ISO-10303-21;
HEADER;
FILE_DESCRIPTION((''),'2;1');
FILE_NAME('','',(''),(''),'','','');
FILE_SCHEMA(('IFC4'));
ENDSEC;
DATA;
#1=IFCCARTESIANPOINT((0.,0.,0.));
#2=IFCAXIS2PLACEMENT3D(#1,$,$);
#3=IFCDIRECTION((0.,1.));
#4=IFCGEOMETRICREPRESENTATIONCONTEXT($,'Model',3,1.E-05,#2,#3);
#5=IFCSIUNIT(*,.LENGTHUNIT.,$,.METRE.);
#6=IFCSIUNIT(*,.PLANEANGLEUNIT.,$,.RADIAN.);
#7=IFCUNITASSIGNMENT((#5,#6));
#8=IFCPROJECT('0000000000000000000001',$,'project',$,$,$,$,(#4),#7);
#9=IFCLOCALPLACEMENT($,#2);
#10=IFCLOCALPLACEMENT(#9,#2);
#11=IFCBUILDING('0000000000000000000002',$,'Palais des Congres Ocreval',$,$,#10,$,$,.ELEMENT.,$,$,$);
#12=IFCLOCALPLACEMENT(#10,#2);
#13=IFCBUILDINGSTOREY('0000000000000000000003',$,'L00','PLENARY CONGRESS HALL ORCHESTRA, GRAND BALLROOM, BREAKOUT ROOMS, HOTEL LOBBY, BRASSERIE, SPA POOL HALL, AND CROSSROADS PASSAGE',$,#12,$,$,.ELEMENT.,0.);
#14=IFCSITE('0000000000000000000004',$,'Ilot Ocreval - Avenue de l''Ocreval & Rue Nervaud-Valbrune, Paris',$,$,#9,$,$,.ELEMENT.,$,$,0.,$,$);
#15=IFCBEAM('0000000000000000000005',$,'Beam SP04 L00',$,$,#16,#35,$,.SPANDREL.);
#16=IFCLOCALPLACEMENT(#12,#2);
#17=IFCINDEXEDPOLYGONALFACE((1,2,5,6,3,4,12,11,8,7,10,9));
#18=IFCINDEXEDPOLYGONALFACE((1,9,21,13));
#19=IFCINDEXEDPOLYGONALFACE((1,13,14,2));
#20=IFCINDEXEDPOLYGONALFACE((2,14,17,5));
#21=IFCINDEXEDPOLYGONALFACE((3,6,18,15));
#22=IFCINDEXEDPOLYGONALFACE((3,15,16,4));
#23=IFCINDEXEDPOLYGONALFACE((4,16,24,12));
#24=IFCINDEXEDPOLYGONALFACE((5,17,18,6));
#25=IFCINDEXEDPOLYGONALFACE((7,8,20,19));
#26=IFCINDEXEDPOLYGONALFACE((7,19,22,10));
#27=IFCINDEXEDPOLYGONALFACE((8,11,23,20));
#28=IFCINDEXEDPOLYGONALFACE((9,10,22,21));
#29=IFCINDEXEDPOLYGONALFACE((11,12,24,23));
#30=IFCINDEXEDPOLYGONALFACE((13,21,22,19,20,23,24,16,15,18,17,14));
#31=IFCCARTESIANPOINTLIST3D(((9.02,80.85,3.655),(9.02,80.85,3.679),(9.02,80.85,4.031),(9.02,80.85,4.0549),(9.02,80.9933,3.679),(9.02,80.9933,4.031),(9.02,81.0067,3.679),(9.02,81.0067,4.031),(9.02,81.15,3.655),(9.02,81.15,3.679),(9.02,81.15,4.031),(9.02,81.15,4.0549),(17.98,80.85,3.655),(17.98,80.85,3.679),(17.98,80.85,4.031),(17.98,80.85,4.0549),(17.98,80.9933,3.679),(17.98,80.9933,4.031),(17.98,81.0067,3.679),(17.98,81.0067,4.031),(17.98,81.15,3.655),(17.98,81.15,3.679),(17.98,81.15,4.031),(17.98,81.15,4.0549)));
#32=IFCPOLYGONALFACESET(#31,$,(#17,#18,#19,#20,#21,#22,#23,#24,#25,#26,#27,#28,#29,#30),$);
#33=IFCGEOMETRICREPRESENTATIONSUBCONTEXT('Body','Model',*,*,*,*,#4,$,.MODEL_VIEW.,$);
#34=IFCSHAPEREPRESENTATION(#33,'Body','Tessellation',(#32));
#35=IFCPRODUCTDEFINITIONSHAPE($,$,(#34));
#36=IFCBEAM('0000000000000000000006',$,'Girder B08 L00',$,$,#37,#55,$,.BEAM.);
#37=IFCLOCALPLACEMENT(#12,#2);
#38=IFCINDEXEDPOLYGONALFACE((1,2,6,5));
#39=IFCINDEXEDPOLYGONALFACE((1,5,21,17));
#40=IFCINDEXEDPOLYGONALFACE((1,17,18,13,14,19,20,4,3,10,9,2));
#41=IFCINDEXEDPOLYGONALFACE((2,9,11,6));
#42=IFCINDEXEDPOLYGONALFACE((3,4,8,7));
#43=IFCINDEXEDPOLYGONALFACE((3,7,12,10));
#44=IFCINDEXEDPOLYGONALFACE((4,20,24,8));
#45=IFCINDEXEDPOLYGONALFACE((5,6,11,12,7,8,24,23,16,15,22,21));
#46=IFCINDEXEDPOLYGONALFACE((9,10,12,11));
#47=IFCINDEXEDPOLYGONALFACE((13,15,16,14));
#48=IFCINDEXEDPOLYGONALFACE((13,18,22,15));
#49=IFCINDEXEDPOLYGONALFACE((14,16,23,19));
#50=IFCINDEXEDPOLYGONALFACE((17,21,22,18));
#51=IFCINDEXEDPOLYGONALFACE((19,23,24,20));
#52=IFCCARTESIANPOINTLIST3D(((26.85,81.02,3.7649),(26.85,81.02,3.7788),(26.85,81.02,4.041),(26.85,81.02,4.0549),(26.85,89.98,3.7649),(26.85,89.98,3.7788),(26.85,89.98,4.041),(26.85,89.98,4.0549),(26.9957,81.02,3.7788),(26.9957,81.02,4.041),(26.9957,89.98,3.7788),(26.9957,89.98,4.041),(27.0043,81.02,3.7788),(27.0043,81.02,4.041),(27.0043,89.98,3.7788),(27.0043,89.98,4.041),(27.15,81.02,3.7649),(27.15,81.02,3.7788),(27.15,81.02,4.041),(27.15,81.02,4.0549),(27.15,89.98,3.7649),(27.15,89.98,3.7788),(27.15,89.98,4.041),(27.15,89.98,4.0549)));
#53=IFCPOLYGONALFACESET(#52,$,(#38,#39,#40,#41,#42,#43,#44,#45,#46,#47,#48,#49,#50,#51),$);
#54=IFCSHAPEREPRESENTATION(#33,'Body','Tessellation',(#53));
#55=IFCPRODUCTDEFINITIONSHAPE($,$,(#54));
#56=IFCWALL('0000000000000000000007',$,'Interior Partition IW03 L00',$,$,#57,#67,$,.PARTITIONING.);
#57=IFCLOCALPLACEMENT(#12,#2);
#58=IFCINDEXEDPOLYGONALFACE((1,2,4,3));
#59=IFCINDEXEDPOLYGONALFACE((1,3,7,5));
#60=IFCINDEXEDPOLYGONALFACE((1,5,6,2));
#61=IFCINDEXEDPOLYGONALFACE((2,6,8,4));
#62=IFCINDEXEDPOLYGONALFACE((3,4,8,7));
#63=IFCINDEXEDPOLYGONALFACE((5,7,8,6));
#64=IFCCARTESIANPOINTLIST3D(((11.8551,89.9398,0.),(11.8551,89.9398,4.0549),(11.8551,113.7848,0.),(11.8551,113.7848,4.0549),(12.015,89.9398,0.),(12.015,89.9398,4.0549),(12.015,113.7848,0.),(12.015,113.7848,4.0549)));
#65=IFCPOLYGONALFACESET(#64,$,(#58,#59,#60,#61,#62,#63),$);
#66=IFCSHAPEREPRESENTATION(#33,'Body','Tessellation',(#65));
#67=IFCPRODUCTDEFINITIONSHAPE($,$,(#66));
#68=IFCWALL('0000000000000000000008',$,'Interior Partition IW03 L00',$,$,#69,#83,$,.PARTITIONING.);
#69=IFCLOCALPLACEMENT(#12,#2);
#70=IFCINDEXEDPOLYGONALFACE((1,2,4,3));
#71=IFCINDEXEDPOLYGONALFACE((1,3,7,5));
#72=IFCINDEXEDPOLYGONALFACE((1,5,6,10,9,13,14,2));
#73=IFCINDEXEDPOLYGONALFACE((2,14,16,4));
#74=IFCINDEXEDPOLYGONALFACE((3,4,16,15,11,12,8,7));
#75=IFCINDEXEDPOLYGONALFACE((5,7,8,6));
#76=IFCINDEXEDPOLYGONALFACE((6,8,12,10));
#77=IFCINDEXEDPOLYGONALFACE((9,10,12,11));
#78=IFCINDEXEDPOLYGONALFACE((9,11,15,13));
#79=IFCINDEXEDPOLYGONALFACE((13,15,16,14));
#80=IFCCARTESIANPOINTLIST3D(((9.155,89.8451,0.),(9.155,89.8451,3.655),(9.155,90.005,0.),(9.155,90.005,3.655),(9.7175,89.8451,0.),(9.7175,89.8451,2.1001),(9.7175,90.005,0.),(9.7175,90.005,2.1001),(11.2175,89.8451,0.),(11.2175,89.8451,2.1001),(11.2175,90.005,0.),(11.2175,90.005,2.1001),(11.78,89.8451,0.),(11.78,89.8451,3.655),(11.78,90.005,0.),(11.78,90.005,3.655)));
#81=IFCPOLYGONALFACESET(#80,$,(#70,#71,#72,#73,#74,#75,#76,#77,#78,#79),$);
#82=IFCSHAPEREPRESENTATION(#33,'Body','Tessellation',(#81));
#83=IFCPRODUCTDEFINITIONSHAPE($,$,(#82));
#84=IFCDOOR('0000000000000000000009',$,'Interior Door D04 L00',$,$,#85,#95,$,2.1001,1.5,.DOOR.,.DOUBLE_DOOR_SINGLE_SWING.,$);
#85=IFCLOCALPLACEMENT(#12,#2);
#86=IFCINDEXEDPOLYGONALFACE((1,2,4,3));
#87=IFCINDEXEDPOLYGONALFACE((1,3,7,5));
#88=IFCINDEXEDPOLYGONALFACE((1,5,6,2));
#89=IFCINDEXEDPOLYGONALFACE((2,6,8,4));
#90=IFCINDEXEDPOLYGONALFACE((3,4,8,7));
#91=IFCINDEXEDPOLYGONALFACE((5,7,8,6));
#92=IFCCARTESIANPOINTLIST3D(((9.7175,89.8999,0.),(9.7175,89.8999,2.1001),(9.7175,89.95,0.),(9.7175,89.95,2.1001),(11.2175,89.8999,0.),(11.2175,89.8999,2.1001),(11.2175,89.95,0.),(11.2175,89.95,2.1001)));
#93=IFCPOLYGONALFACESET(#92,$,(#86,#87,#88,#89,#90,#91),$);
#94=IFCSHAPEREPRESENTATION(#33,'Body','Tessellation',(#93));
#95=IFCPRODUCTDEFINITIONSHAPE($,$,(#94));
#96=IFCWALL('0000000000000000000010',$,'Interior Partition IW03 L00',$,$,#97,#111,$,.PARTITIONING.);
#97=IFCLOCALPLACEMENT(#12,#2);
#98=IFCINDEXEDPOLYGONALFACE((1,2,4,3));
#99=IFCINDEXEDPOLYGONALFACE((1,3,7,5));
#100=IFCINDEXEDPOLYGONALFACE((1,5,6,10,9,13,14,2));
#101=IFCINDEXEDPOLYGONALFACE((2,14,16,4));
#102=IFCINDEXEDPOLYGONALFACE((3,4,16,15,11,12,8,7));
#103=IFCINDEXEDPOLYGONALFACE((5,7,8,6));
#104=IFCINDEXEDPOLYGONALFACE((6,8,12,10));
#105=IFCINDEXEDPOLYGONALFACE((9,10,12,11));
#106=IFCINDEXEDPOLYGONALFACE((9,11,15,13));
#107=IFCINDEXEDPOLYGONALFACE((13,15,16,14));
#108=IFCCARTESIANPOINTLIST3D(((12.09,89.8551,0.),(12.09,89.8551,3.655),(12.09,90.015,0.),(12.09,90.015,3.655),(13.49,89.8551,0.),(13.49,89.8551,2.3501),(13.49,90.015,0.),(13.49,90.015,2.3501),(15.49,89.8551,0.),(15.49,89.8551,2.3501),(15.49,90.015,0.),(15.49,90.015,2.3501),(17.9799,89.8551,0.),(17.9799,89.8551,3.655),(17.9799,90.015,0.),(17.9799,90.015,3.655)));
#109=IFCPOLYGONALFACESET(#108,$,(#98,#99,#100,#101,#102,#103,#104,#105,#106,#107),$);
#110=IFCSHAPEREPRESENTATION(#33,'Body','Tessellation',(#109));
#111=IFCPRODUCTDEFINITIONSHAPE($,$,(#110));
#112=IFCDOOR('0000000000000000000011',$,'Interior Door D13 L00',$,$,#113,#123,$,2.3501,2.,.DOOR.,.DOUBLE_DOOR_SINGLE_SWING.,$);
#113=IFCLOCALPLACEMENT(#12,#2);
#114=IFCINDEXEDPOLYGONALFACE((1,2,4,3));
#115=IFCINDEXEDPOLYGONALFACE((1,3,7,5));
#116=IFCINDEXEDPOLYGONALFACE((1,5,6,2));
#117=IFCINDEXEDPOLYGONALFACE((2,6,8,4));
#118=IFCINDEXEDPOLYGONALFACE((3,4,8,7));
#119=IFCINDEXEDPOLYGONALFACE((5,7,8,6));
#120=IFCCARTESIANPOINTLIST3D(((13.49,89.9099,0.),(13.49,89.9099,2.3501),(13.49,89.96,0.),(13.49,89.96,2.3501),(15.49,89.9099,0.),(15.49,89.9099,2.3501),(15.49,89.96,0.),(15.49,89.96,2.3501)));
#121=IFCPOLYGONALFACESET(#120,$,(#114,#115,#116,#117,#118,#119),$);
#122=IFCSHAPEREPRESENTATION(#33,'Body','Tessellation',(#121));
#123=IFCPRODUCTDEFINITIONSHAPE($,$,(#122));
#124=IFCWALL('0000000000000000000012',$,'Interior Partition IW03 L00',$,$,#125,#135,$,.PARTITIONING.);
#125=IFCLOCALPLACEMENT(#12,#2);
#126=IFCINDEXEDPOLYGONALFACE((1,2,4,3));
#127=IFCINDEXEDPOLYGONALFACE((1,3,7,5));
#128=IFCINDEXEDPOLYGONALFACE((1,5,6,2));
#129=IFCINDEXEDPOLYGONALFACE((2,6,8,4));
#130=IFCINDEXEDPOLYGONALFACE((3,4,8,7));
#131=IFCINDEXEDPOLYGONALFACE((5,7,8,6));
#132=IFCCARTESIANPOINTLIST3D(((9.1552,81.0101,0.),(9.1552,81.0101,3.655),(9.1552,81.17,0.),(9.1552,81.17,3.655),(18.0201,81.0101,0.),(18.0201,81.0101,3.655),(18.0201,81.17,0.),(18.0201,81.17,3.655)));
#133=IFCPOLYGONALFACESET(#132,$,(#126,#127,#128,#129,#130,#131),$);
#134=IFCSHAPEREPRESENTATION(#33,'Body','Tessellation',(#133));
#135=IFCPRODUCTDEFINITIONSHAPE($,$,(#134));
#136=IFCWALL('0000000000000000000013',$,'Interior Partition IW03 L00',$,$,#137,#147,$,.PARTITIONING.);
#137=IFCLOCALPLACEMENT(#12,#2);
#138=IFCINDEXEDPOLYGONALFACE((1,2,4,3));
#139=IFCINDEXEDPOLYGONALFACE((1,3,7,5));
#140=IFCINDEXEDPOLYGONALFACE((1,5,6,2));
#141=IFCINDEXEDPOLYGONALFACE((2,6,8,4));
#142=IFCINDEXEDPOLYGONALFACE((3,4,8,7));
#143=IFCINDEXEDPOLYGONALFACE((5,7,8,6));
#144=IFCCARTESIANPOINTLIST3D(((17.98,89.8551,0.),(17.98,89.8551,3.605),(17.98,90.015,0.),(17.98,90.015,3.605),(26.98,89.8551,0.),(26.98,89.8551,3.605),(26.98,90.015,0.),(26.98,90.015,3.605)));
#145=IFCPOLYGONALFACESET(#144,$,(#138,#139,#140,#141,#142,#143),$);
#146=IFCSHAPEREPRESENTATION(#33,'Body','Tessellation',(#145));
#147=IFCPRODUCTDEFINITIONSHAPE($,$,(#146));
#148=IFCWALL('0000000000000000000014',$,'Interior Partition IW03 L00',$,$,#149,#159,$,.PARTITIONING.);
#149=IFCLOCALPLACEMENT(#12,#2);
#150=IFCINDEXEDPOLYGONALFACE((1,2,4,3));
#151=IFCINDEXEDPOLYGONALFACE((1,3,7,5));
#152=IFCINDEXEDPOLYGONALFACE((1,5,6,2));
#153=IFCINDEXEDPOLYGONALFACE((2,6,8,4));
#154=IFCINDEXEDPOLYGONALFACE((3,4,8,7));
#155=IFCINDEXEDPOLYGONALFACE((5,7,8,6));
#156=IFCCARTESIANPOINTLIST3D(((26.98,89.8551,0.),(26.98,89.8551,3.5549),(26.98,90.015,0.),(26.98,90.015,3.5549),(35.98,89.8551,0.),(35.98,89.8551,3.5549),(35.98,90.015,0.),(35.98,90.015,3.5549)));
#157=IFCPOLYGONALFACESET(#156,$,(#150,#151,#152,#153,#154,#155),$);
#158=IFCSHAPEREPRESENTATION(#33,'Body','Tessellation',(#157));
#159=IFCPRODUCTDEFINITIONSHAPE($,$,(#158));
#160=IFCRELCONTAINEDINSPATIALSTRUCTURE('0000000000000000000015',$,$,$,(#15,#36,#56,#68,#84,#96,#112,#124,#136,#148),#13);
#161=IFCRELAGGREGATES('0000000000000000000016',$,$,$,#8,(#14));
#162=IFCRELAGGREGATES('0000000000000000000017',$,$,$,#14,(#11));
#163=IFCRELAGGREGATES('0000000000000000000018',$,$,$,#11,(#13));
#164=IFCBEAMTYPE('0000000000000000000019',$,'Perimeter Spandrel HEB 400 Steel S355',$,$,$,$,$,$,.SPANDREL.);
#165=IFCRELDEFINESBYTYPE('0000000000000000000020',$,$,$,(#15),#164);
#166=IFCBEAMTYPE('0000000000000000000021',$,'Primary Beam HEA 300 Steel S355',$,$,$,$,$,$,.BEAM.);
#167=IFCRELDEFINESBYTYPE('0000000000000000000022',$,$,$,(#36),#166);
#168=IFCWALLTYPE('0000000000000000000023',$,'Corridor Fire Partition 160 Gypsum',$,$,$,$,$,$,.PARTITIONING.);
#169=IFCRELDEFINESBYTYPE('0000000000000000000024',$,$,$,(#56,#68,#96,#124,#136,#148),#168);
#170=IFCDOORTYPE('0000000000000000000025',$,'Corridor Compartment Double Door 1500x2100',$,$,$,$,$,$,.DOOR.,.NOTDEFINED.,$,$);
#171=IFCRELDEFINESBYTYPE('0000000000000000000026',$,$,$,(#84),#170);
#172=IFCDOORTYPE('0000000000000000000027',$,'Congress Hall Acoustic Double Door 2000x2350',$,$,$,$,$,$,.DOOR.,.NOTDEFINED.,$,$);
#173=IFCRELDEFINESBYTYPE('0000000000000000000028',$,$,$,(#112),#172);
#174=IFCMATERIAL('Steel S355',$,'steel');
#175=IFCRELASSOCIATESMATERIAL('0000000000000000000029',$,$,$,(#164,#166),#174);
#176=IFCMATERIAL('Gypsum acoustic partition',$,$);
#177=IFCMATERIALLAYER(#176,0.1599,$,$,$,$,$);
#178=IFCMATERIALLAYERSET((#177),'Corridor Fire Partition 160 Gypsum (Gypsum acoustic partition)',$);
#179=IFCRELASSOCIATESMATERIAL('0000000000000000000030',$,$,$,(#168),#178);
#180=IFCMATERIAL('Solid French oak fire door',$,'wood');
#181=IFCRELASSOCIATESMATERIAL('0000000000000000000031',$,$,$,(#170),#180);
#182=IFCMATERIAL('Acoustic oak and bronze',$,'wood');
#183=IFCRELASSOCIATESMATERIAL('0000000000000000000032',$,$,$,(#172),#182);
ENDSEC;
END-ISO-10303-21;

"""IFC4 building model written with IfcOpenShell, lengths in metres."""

from ifc_helpers import new_model, si_unit, direction, frame, frame_2d, origin, origin_2d, place, context, subcontext, project, spatial, rectangle, i_section, extrude, material, layer, layer_set, material_profile, profile_set, type_object, element, fill, save


model = new_model("IFC4")

# Units and contexts
model_context = context("Model", 3, precision=1e-05, world=origin(), true_north=direction((0.0, 1.0)))
body_context = subcontext(model_context, "Body", "Model", "MODEL_VIEW")
ifc_project = project(units=[si_unit("LENGTHUNIT", "METRE"), si_unit("PLANEANGLEUNIT", "RADIAN")], contexts=[model_context])

# Site, building, storey
site_placement = place(None, origin())
site = spatial("IfcSite", under=ifc_project, at=site_placement, Name="Ilot Ocreval - Avenue de l'Ocreval & Rue Nervaud-Valbrune, Paris", CompositionType="ELEMENT", RefElevation=0.0)
building_placement = place(site_placement, origin())
building = spatial("IfcBuilding", under=site, at=building_placement, Name="Palais des Congres Ocreval", CompositionType="ELEMENT")
storey_placement = place(building_placement, origin())
storey = spatial("IfcBuildingStorey", under=building, at=storey_placement, Name="L00", Description="PLENARY CONGRESS HALL ORCHESTRA, GRAND BALLROOM, BREAKOUT ROOMS, HOTEL LOBBY, BRASSERIE, SPA POOL HALL, AND CROSSROADS PASSAGE", CompositionType="ELEMENT", Elevation=0.0)

# Shared definitions
ifc_material_1 = material(Name="Steel S355", Category="steel")

# Beams
ifc_material_profile_1 = material_profile(ifc_material_1, i_section(OverallWidth=0.3, OverallDepth=0.3999, WebThickness=0.0134, FlangeThickness=0.0239, at=origin_2d()), Name="HEB 400")
ifc_profile_set_1 = profile_set([ifc_material_profile_1], Name="Steel S355")
beam_type_1 = type_object("IfcBeamType", Name="Perimeter Spandrel HEB 400 Steel S355", PredefinedType="SPANDREL", material=ifc_profile_set_1)
beam_1_placement = place(storey_placement, frame((9.02, 81.0, 3.855), z_axis=(1.0, 0.0, 0.0), x_axis=(0.0, 1.0, 0.0)))
element("IfcBeam", 1, at=beam_1_placement, inside=storey, type_object=beam_type_1, Name="Beam SP04 L00", PredefinedType="SPANDREL", context=body_context, shape_type="SweptSolid", body=[
    extrude(i_section(OverallWidth=0.3, OverallDepth=0.3999, WebThickness=0.0134, FlangeThickness=0.0239, at=origin_2d()), origin(), (0.0, 0.0, 1.0), 8.96),
])
ifc_material_profile_2 = material_profile(ifc_material_1, i_section(OverallWidth=0.3, OverallDepth=0.29, WebThickness=0.0085, FlangeThickness=0.0139, at=origin_2d()), Name="HEA 300")
ifc_profile_set_2 = profile_set([ifc_material_profile_2], Name="Steel S355")
beam_type_2 = type_object("IfcBeamType", Name="Primary Beam HEA 300 Steel S355", PredefinedType="BEAM", material=ifc_profile_set_2)
beam_2_placement = place(storey_placement, frame((27.0, 81.02, 3.9099), z_axis=(0.0, 1.0, 0.0), x_axis=(-1.0, 0.0, 0.0)))
element("IfcBeam", 2, at=beam_2_placement, inside=storey, type_object=beam_type_2, Name="Girder B08 L00", PredefinedType="BEAM", context=body_context, shape_type="SweptSolid", body=[
    extrude(i_section(OverallWidth=0.3, OverallDepth=0.29, WebThickness=0.0085, FlangeThickness=0.0139, at=origin_2d()), origin(), (0.0, 0.0, 1.0), 8.96),
])

# Wall
ifc_material_2 = material(Name="Gypsum acoustic partition")
ifc_layer = layer(ifc_material_2, 0.1599)
ifc_layer_set = layer_set([ifc_layer], Name="Corridor Fire Partition 160 Gypsum (Gypsum acoustic partition)")
wall_type = type_object("IfcWallType", Name="Corridor Fire Partition 160 Gypsum", PredefinedType="PARTITIONING", material=ifc_layer_set)
wall_1_placement = place(storey_placement, frame((11.9351, 89.9399, 0.0), z_axis=(0.0, 0.0, 1.0), x_axis=(0.0, 1.0, 0.0)))
element("IfcWall", 3, at=wall_1_placement, inside=storey, type_object=wall_type, Name="Interior Partition IW03 L00", PredefinedType="PARTITIONING", context=body_context, shape_type="SweptSolid", body=[
    extrude(rectangle(XDim=23.845, YDim=0.1599, at=frame_2d((11.9224, 0.0))), origin(), (0.0, 0.0, 1.0), 4.0549),
])

# Walls, openings, doors
wall_2_placement = place(storey_placement, frame((9.155, 89.925, 0.0), z_axis=(0.0, 0.0, 1.0), x_axis=(1.0, 0.0, 0.0)))
wall_2 = element("IfcWall", 4, at=wall_2_placement, inside=storey, type_object=wall_type, Name="Interior Partition IW03 L00", PredefinedType="PARTITIONING", context=body_context, shape_type="SweptSolid", body=[
    extrude(rectangle(XDim=2.625, YDim=0.1599, at=frame_2d((1.3125, 0.0))), origin(), (0.0, 0.0, 1.0), 3.655),
])
opening_1_placement = place(wall_2_placement, frame((0.5625, 0.0, 0.0)))
opening_1 = element("IfcOpeningElement", 5, at=opening_1_placement, cuts=wall_2, PredefinedType="OPENING", context=body_context, shape_type="SweptSolid", body=[
    extrude(rectangle(XDim=1.5, YDim=2.1001, at=frame_2d((0.75, 1.05))), frame((0.0, 0.0898, 0.0), z_axis=(0.0, -1.0, 0.0), x_axis=(1.0, 0.0, 0.0)), (0.0, 0.0, 1.0), 0.1799),
])
ifc_material_3 = material(Name="Solid French oak fire door", Category="wood")
door_type_1 = type_object("IfcDoorType", Name="Corridor Compartment Double Door 1500x2100", OperationType="NOTDEFINED", PredefinedType="DOOR", material=ifc_material_3)
door_1_placement = place(opening_1_placement, origin())
door_1 = element("IfcDoor", 6, at=door_1_placement, inside=storey, type_object=door_type_1, Name="Interior Door D04 L00", OperationType="DOUBLE_DOOR_SINGLE_SWING", OverallHeight=2.1001, OverallWidth=1.5, PredefinedType="DOOR", context=body_context, shape_type="SweptSolid", body=[
    extrude(rectangle(XDim=1.5, YDim=2.1001, at=frame_2d((0.75, 1.05))), frame((0.0, 0.0249, 0.0), z_axis=(0.0, -1.0, 0.0), x_axis=(1.0, 0.0, 0.0)), (0.0, 0.0, 1.0), 0.05),
])
fill(opening_1, door_1)
wall_3_placement = place(storey_placement, frame((12.0901, 89.9351, 0.0), z_axis=(0.0, 0.0, 1.0), x_axis=(1.0, 0.0, 0.0)))
wall_3 = element("IfcWall", 7, at=wall_3_placement, inside=storey, type_object=wall_type, Name="Interior Partition IW03 L00", PredefinedType="PARTITIONING", context=body_context, shape_type="SweptSolid", body=[
    extrude(rectangle(XDim=5.8899, YDim=0.1599, at=frame_2d((2.9448, 0.0))), origin(), (0.0, 0.0, 1.0), 3.655),
])
opening_2_placement = place(wall_3_placement, frame((1.3999, 0.0, 0.0)))
opening_2 = element("IfcOpeningElement", 8, at=opening_2_placement, cuts=wall_3, PredefinedType="OPENING", context=body_context, shape_type="SweptSolid", body=[
    extrude(rectangle(XDim=2.0, YDim=2.3501, at=frame_2d((1.0, 1.175))), frame((0.0, 0.0898, 0.0), z_axis=(0.0, -1.0, 0.0), x_axis=(1.0, 0.0, 0.0)), (0.0, 0.0, 1.0), 0.1799),
])
ifc_material_4 = material(Name="Acoustic oak and bronze", Category="wood")
door_type_2 = type_object("IfcDoorType", Name="Congress Hall Acoustic Double Door 2000x2350", OperationType="NOTDEFINED", PredefinedType="DOOR", material=ifc_material_4)
door_2_placement = place(opening_2_placement, origin())
door_2 = element("IfcDoor", 9, at=door_2_placement, inside=storey, type_object=door_type_2, Name="Interior Door D13 L00", OperationType="DOUBLE_DOOR_SINGLE_SWING", OverallHeight=2.3501, OverallWidth=2.0, PredefinedType="DOOR", context=body_context, shape_type="SweptSolid", body=[
    extrude(rectangle(XDim=2.0, YDim=2.3501, at=frame_2d((1.0, 1.175))), frame((0.0, 0.0249, 0.0), z_axis=(0.0, -1.0, 0.0), x_axis=(1.0, 0.0, 0.0)), (0.0, 0.0, 1.0), 0.05),
])
fill(opening_2, door_2)

# Walls
wall_4_placement = place(storey_placement, frame((9.155, 81.0901, 0.0), z_axis=(0.0, 0.0, 1.0), x_axis=(1.0, 0.0, 0.0)))
element("IfcWall", 10, at=wall_4_placement, inside=storey, type_object=wall_type, Name="Interior Partition IW03 L00", PredefinedType="PARTITIONING", context=body_context, shape_type="SweptSolid", body=[
    extrude(rectangle(XDim=8.865, YDim=0.1599, at=frame_2d((4.4326, 0.0))), origin(), (0.0, 0.0, 1.0), 3.655),
])
wall_5_placement = place(storey_placement, frame((17.98, 89.9351, 0.0), z_axis=(0.0, 0.0, 1.0), x_axis=(1.0, 0.0, 0.0)))
element("IfcWall", 11, at=wall_5_placement, inside=storey, type_object=wall_type, Name="Interior Partition IW03 L00", PredefinedType="PARTITIONING", context=body_context, shape_type="SweptSolid", body=[
    extrude(rectangle(XDim=9.0, YDim=0.1599, at=frame_2d((4.5, 0.0))), origin(), (0.0, 0.0, 1.0), 3.605),
])
wall_6_placement = place(storey_placement, frame((26.98, 89.9351, 0.0), z_axis=(0.0, 0.0, 1.0), x_axis=(1.0, 0.0, 0.0)))
element("IfcWall", 12, at=wall_6_placement, inside=storey, type_object=wall_type, Name="Interior Partition IW03 L00", PredefinedType="PARTITIONING", context=body_context, shape_type="SweptSolid", body=[
    extrude(rectangle(XDim=9.0, YDim=0.1599, at=frame_2d((4.5, 0.0))), origin(), (0.0, 0.0, 1.0), 3.5549),
])

save(model, "model.ifc")
